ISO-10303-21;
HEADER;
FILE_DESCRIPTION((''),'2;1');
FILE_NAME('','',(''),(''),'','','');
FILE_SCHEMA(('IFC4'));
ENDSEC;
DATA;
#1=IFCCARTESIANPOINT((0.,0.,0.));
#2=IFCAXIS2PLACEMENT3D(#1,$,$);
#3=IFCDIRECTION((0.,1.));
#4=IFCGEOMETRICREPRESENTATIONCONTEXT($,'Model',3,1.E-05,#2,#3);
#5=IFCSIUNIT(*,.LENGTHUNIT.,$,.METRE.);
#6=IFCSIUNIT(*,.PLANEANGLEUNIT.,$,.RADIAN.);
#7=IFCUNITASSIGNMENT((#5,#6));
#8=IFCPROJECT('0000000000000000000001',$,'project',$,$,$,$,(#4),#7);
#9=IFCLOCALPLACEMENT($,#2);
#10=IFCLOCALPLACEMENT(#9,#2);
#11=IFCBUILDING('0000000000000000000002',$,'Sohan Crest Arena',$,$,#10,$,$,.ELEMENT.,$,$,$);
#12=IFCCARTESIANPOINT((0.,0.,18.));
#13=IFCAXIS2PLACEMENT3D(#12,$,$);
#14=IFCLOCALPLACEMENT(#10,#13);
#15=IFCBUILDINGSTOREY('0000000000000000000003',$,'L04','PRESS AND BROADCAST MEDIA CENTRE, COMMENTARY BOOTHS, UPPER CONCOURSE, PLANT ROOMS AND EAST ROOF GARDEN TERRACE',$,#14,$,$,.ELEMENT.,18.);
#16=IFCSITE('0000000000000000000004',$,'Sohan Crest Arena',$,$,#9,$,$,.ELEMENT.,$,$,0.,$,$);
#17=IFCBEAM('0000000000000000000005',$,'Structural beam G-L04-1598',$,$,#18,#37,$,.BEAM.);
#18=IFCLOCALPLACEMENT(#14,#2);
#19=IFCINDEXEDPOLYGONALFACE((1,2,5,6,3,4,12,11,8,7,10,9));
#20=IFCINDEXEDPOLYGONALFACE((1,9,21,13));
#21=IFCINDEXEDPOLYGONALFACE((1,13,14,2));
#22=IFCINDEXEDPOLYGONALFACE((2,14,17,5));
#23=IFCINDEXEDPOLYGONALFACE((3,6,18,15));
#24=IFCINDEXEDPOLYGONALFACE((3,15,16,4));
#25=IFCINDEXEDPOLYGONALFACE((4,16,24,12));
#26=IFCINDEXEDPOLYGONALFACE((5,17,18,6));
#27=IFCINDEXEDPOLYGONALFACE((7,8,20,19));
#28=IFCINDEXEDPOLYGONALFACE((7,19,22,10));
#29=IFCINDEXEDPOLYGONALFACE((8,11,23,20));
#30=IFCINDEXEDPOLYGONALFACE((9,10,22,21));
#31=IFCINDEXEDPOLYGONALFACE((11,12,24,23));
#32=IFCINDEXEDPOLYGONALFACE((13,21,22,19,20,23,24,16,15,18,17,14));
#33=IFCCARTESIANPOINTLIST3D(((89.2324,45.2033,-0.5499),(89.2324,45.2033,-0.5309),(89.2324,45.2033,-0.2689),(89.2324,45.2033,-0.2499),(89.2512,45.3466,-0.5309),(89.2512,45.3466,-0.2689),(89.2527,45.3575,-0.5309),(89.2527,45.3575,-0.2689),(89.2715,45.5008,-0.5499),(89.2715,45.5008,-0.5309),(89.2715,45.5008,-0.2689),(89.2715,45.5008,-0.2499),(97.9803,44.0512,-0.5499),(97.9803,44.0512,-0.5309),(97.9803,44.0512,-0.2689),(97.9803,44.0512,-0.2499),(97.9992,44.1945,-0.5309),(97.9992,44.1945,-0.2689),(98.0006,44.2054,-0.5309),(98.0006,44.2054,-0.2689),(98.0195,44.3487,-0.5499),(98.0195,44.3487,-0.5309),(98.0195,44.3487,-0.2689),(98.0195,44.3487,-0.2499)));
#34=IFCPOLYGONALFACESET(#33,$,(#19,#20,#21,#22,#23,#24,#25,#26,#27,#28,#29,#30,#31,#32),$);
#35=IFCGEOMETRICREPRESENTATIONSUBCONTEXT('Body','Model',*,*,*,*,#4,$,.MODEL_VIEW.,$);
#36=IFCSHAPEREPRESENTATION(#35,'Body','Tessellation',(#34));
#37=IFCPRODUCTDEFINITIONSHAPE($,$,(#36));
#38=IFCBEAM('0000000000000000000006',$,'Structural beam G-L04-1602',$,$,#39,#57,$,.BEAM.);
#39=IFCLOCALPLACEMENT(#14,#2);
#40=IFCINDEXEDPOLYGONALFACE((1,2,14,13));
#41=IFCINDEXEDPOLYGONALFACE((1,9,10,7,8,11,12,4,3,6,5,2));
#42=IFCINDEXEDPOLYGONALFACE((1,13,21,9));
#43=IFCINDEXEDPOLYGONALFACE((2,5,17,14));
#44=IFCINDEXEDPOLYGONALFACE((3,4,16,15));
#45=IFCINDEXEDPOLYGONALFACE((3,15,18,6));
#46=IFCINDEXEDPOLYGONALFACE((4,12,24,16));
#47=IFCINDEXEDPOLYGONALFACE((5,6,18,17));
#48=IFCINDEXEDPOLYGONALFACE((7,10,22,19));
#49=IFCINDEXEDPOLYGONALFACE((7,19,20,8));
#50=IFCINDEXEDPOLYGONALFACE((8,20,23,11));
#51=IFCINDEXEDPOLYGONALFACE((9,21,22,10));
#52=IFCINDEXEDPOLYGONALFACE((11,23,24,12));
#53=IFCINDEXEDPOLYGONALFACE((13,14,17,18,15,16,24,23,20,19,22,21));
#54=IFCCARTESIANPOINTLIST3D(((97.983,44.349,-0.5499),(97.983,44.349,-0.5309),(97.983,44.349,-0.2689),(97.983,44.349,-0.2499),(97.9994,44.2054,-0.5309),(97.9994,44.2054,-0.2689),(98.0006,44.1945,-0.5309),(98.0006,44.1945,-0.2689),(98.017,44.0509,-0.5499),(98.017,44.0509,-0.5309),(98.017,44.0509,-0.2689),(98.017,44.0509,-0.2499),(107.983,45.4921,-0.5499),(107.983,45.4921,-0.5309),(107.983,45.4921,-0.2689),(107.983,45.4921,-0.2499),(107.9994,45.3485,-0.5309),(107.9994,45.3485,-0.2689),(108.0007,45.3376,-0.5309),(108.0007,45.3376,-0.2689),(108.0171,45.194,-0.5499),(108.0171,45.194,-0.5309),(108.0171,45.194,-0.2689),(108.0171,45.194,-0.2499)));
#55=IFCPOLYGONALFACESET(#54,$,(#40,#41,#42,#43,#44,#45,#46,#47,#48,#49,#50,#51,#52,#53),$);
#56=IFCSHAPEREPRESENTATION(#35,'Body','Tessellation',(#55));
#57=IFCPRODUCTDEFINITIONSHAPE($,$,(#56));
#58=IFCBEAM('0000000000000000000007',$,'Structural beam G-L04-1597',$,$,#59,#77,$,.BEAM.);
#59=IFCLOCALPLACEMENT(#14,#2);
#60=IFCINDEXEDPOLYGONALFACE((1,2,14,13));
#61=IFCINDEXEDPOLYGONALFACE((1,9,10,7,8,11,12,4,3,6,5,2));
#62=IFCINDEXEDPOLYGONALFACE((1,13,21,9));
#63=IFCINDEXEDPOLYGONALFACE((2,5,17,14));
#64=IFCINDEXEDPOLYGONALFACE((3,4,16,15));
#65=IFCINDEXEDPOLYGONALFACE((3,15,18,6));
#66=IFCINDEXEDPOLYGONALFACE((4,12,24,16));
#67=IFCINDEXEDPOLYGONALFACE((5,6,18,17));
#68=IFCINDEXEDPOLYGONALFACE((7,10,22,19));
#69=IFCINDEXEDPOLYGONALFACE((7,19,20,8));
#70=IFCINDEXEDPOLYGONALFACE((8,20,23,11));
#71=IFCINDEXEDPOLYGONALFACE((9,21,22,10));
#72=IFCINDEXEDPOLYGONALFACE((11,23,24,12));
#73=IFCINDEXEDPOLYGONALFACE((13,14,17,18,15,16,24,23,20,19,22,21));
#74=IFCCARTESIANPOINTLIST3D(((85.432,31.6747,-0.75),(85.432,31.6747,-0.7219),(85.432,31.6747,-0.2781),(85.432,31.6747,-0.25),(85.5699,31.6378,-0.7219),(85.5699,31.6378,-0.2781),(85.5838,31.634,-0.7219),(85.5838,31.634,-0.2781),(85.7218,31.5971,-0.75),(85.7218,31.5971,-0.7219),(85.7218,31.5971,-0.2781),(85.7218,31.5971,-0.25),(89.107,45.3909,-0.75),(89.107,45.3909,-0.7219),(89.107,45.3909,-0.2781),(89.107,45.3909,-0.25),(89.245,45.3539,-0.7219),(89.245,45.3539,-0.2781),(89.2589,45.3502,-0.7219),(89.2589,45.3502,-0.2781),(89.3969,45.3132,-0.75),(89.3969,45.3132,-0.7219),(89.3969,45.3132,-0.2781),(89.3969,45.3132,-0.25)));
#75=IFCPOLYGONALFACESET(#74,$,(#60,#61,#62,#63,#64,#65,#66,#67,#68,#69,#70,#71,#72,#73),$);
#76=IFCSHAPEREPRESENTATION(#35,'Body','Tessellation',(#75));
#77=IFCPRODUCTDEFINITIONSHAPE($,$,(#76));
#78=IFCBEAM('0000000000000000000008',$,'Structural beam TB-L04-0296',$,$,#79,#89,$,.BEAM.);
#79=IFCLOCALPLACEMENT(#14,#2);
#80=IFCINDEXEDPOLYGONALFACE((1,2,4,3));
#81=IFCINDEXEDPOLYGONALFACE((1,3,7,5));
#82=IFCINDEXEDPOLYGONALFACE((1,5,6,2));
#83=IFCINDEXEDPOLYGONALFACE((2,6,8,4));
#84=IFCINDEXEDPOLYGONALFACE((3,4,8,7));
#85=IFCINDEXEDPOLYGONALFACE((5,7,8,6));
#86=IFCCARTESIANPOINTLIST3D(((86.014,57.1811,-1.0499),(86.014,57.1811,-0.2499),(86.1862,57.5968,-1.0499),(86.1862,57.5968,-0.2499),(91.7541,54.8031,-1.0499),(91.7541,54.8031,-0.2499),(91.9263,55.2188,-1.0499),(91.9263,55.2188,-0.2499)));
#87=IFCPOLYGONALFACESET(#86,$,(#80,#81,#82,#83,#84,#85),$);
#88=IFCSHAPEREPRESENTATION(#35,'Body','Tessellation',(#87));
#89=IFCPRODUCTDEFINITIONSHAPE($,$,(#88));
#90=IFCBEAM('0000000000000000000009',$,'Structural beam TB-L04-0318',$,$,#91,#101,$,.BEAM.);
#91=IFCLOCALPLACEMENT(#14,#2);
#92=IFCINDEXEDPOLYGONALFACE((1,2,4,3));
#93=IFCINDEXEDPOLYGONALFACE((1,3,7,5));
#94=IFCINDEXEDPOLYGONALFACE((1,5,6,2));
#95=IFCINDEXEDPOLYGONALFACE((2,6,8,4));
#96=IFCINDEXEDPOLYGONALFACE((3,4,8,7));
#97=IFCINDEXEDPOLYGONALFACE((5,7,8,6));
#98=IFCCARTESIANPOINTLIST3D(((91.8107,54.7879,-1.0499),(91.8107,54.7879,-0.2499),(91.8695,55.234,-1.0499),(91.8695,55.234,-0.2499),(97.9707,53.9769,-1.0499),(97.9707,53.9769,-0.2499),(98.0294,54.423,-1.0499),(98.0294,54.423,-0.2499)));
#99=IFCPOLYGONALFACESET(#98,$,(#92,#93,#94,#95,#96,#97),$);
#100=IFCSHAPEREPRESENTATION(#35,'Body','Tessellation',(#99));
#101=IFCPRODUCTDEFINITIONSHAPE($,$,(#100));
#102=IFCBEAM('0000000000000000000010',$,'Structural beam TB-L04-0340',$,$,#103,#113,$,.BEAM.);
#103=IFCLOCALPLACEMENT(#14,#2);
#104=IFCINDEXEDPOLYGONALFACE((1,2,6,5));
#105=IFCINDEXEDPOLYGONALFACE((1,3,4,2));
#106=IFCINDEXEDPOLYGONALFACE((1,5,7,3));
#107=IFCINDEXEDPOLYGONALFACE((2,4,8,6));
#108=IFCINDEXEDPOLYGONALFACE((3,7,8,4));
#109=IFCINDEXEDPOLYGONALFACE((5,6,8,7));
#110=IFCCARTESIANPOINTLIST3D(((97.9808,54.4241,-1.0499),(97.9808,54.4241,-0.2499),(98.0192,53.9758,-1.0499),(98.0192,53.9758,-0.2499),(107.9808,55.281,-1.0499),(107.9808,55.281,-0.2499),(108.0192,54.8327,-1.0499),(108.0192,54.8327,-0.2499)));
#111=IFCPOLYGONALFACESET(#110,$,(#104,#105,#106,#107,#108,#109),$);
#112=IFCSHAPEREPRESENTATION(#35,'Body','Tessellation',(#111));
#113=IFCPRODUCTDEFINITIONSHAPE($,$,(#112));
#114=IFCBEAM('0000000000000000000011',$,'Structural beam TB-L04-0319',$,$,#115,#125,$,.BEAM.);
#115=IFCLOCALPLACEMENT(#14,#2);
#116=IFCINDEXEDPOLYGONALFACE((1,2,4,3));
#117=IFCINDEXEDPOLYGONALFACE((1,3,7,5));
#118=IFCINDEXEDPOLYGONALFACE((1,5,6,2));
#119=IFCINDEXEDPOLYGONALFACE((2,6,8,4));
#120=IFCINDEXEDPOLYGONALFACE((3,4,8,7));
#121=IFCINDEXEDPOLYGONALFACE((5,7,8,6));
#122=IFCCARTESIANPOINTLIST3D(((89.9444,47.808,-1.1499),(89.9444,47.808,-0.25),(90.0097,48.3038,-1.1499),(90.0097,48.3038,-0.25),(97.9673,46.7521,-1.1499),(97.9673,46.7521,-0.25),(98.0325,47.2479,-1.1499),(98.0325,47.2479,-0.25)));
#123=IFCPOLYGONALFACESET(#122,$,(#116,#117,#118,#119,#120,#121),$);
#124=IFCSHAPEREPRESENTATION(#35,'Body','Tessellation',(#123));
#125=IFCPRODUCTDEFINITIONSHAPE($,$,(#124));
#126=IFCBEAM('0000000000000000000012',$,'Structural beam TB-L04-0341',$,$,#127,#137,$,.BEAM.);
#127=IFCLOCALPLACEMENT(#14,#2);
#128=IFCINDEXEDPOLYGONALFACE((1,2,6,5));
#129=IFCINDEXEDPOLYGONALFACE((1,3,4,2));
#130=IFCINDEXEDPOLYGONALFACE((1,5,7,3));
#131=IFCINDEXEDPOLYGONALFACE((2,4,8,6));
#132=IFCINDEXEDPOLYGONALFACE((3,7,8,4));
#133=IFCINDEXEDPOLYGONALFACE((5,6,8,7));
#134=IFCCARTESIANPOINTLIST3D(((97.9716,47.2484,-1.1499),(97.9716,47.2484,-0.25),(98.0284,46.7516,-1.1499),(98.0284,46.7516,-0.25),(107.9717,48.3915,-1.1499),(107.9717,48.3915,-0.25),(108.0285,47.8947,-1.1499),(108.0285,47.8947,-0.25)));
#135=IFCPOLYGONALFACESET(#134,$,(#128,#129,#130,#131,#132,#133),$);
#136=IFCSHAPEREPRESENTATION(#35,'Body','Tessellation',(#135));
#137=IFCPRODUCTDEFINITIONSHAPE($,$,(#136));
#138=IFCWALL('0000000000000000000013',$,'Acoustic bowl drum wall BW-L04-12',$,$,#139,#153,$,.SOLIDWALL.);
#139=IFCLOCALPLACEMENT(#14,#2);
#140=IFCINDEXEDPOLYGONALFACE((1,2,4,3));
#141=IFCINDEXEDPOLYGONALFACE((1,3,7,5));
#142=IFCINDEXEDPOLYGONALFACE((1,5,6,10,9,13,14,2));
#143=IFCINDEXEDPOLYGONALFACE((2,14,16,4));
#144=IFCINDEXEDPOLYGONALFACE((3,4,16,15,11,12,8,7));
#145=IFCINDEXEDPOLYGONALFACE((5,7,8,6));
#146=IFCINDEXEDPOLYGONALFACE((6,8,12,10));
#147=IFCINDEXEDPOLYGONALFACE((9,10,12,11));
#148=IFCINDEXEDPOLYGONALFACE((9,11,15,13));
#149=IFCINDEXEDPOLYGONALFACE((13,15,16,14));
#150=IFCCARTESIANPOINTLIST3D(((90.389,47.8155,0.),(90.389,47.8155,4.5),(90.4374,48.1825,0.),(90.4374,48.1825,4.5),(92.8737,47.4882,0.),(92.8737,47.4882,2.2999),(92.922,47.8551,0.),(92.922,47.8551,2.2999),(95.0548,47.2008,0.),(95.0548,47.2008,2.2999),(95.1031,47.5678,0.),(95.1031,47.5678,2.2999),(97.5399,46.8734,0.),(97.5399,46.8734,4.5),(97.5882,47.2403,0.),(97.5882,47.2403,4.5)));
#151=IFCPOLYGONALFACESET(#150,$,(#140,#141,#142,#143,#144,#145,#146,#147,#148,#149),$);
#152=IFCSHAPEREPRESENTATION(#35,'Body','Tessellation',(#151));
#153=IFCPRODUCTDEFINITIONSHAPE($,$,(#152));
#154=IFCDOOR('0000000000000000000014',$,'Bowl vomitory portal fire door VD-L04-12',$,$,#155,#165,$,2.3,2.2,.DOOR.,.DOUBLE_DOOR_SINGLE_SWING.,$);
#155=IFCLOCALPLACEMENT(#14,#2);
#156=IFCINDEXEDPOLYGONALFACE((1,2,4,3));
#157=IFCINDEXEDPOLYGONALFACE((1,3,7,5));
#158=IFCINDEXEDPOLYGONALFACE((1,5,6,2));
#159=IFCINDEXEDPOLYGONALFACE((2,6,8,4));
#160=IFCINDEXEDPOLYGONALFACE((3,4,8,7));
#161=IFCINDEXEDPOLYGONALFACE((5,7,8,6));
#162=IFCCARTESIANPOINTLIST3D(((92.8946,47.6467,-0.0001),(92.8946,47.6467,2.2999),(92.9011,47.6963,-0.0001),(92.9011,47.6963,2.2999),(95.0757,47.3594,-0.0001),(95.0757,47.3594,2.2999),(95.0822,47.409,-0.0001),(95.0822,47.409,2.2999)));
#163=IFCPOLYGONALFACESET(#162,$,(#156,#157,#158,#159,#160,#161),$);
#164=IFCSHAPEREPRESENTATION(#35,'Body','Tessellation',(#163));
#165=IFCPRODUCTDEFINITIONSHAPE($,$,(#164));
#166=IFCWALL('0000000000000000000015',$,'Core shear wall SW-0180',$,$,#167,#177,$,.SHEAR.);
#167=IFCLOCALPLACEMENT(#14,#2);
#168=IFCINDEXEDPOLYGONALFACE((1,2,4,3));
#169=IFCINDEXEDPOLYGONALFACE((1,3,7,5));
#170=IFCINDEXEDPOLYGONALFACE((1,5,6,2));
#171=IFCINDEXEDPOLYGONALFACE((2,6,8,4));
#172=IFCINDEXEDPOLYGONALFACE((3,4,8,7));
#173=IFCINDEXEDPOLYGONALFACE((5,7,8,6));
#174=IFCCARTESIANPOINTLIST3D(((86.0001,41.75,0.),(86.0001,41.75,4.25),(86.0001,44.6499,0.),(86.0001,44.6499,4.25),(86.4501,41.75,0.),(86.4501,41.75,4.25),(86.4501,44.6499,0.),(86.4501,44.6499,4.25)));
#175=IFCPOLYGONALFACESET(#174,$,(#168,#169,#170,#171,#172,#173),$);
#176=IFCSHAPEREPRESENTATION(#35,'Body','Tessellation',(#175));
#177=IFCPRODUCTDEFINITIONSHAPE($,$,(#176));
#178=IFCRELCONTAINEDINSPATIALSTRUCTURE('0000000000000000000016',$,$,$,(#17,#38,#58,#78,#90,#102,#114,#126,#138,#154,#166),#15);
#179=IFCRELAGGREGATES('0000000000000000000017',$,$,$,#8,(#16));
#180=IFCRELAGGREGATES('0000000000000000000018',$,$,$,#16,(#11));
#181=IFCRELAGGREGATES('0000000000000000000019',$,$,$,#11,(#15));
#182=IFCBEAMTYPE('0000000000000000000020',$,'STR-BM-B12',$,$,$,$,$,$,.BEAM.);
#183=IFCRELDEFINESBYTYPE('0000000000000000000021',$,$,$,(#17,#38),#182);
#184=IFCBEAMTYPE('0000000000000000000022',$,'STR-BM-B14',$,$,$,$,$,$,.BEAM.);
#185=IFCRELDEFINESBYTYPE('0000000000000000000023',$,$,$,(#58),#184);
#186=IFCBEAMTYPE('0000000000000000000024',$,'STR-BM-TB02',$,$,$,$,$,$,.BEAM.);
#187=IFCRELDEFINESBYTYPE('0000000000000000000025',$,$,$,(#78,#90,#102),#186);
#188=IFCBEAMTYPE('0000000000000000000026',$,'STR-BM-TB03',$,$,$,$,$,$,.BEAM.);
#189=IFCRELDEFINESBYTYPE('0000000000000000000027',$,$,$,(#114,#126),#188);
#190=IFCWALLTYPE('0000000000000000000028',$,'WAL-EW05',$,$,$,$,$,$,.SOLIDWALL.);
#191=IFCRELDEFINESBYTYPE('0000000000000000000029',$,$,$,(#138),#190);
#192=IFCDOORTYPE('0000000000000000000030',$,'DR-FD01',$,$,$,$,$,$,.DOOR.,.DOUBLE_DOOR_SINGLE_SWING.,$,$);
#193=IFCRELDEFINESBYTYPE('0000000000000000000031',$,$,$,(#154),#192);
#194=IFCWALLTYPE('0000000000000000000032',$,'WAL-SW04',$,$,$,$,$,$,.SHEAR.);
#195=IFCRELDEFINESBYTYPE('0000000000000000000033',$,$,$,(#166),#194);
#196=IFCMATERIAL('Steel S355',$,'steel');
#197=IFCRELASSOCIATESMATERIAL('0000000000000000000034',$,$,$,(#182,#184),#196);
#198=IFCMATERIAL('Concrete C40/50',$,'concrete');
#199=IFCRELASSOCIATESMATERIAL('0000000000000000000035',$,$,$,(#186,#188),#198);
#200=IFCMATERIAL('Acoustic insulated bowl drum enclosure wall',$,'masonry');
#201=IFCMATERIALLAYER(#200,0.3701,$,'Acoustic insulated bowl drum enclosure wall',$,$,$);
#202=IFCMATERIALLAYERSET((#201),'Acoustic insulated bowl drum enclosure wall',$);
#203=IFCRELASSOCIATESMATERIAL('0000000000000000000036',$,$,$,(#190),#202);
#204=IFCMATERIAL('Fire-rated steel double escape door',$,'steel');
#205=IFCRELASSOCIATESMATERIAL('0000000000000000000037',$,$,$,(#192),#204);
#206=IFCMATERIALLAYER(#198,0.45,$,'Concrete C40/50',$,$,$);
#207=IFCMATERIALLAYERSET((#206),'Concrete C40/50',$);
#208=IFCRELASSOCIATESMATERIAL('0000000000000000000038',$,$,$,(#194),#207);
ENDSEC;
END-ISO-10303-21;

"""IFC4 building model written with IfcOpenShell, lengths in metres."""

from ifc_helpers import new_model, si_unit, direction, frame, frame_2d, origin, origin_2d, place, context, subcontext, project, spatial, rectangle, i_section, extrude, material, layer, layer_set, material_profile, profile_set, type_object, element, fill, save


model = new_model("IFC4")

# Units and contexts
model_context = context("Model", 3, precision=1e-05, world=origin(), true_north=direction((0.0, 1.0)))
body_context = subcontext(model_context, "Body", "Model", "MODEL_VIEW")
ifc_project = project(units=[si_unit("LENGTHUNIT", "METRE"), si_unit("PLANEANGLEUNIT", "RADIAN")], contexts=[model_context])

# Site, building, storey
site_placement = place(None, origin())
site = spatial("IfcSite", under=ifc_project, at=site_placement, Name="Sohan Crest Arena", CompositionType="ELEMENT", RefElevation=0.0)
building_placement = place(site_placement, origin())
building = spatial("IfcBuilding", under=site, at=building_placement, Name="Sohan Crest Arena", CompositionType="ELEMENT")
storey_placement = place(building_placement, frame((0.0, 0.0, 18.0)))
storey = spatial("IfcBuildingStorey", under=building, at=storey_placement, Name="L04", Description="PRESS AND BROADCAST MEDIA CENTRE, COMMENTARY BOOTHS, UPPER CONCOURSE, PLANT ROOMS AND EAST ROOF GARDEN TERRACE", CompositionType="ELEMENT", Elevation=18.0)

# Shared definitions
ifc_material_1 = material(Name="Concrete C40/50", Category="concrete")
ifc_material_2 = material(Name="Steel S355", Category="steel")

# Beams
ifc_material_profile_1 = material_profile(ifc_material_2, i_section(OverallWidth=0.3, OverallDepth=0.3, WebThickness=0.011, FlangeThickness=0.019, at=origin_2d()), Name="HEB 300")
ifc_profile_set_1 = profile_set([ifc_material_profile_1], Name="Steel S355")
beam_type_1 = type_object("IfcBeamType", Name="STR-BM-B12", PredefinedType="BEAM", material=ifc_profile_set_1)
beam_1_placement = place(storey_placement, frame((89.252, 45.3521, -0.3999), z_axis=(0.991439, -0.13057, 0.0), x_axis=(0.13057, 0.991439, 0.0)))
element("IfcBeam", 1, at=beam_1_placement, inside=storey, type_object=beam_type_1, Name="Structural beam G-L04-1598", PredefinedType="BEAM", context=body_context, shape_type="SweptSolid", body=[
    extrude(i_section(OverallWidth=0.3, OverallDepth=0.3, WebThickness=0.011, FlangeThickness=0.019, at=origin_2d()), origin(), (0.0, 0.0, 1.0), 8.8235),
])
beam_2_placement = place(storey_placement, frame((98.0, 44.2, -0.3999), z_axis=(0.99353, 0.113567, 0.0), x_axis=(-0.113567, 0.99353, 0.0)))
element("IfcBeam", 2, at=beam_2_placement, inside=storey, type_object=beam_type_1, Name="Structural beam G-L04-1602", PredefinedType="BEAM", context=body_context, shape_type="SweptSolid", body=[
    extrude(i_section(OverallWidth=0.3, OverallDepth=0.3, WebThickness=0.011, FlangeThickness=0.019, at=origin_2d()), origin(), (0.0, 0.0, 1.0), 10.0652),
])
ifc_material_profile_2 = material_profile(ifc_material_2, i_section(OverallWidth=0.3, OverallDepth=0.5, WebThickness=0.0144, FlangeThickness=0.0281, at=origin_2d()), Name="HEB 500")
ifc_profile_set_2 = profile_set([ifc_material_profile_2], Name="Steel S355")
beam_type_2 = type_object("IfcBeamType", Name="STR-BM-B14", PredefinedType="BEAM", material=ifc_profile_set_2)
beam_3_placement = place(storey_placement, frame((89.252, 45.3521, -0.5), z_axis=(-0.258809, -0.965929, 0.0), x_axis=(0.965929, -0.258809, 0.0)))
element("IfcBeam", 3, at=beam_3_placement, inside=storey, type_object=beam_type_2, Name="Structural beam G-L04-1597", PredefinedType="BEAM", context=body_context, shape_type="SweptSolid", body=[
    extrude(i_section(OverallWidth=0.3, OverallDepth=0.5, WebThickness=0.0144, FlangeThickness=0.0281, at=origin_2d()), origin(), (0.0, 0.0, 1.0), 14.2),
])
ifc_material_profile_3 = material_profile(ifc_material_1, rectangle(XDim=0.45, YDim=0.8, at=origin_2d()), Name="RC-BM 450x800")
ifc_profile_set_3 = profile_set([ifc_material_profile_3], Name="Concrete C40/50")
beam_type_3 = type_object("IfcBeamType", Name="STR-BM-TB02", PredefinedType="BEAM", material=ifc_profile_set_3)
for number, where, z_axis, x_axis, name in (
    (4, (86.1001, 57.3889, -0.6499), (0.92386, -0.382731, 0.0), (0.382731, 0.92386, 0.0), "Structural beam TB-L04-0296"),
    (5, (91.8401, 55.011, -0.6499), (0.991443, -0.130537, 0.0), (0.130537, 0.991443, 0.0), "Structural beam TB-L04-0318"),
):
    element("IfcBeam", number, at=place(storey_placement, frame(where, z_axis=z_axis, x_axis=x_axis)), inside=storey, type_object=beam_type_3, Name=name, PredefinedType="BEAM", context=body_context, shape_type="SweptSolid", body=[
        extrude(rectangle(XDim=0.45, YDim=0.8, at=origin_2d()), origin(), (0.0, 0.0, 1.0), 6.2131),
    ])
beam_4_placement = place(storey_placement, frame((98.0, 54.2, -0.6499), z_axis=(0.996348, 0.08538, 0.0), x_axis=(-0.08538, 0.996348, 0.0)))
element("IfcBeam", 6, at=beam_4_placement, inside=storey, type_object=beam_type_3, Name="Structural beam TB-L04-0340", PredefinedType="BEAM", context=body_context, shape_type="SweptSolid", body=[
    extrude(rectangle(XDim=0.45, YDim=0.8, at=origin_2d()), origin(), (0.0, 0.0, 1.0), 10.0366),
])
ifc_material_profile_4 = material_profile(ifc_material_1, rectangle(XDim=0.5, YDim=0.8999, at=origin_2d()), Name="RC-BM 500x900")
ifc_profile_set_4 = profile_set([ifc_material_profile_4], Name="Concrete C40/50")
beam_type_4 = type_object("IfcBeamType", Name="STR-BM-TB03", PredefinedType="BEAM", material=ifc_profile_set_4)
beam_5_placement = place(storey_placement, frame((89.9771, 48.0559, -0.7), z_axis=(0.99145, -0.130486, 0.0), x_axis=(0.130486, 0.99145, 0.0)))
element("IfcBeam", 7, at=beam_5_placement, inside=storey, type_object=beam_type_4, Name="Structural beam TB-L04-0319", PredefinedType="BEAM", context=body_context, shape_type="SweptSolid", body=[
    extrude(rectangle(XDim=0.5, YDim=0.8999, at=origin_2d()), origin(), (0.0, 0.0, 1.0), 8.092),
])
beam_6_placement = place(storey_placement, frame((98.0, 47.0, -0.7), z_axis=(0.99353, 0.113567, 0.0), x_axis=(-0.113567, 0.99353, 0.0)))
element("IfcBeam", 8, at=beam_6_placement, inside=storey, type_object=beam_type_4, Name="Structural beam TB-L04-0341", PredefinedType="BEAM", context=body_context, shape_type="SweptSolid", body=[
    extrude(rectangle(XDim=0.5, YDim=0.8999, at=origin_2d()), origin(), (0.0, 0.0, 1.0), 10.0652),
])

# Wall, opening, door
ifc_material_3 = material(Name="Acoustic insulated bowl drum enclosure wall", Category="masonry")
ifc_layer_1 = layer(ifc_material_3, 0.3701, Name="Acoustic insulated bowl drum enclosure wall")
ifc_layer_set_1 = layer_set([ifc_layer_1], Name="Acoustic insulated bowl drum enclosure wall")
wall_type_1 = type_object("IfcWallType", Name="WAL-EW05", PredefinedType="SOLIDWALL", material=ifc_layer_set_1)
wall_1_placement = place(storey_placement, frame((90.4131, 47.999, 0.0), z_axis=(0.0, 0.0, 1.0), x_axis=(0.991432, -0.130623, 0.0)))
wall_1 = element("IfcWall", 9, at=wall_1_placement, inside=storey, type_object=wall_type_1, Name="Acoustic bowl drum wall BW-L04-12", PredefinedType="SOLIDWALL", context=body_context, shape_type="SweptSolid", body=[
    extrude(rectangle(XDim=7.2126, YDim=0.3701, at=frame_2d((3.6064, 0.0))), origin(), (0.0, 0.0, 1.0), 4.5),
])
opening_1_placement = place(wall_1_placement, frame((2.5061, 0.0, 0.0)))
opening_1 = element("IfcOpeningElement", 10, at=opening_1_placement, cuts=wall_1, PredefinedType="OPENING", context=body_context, shape_type="SweptSolid", body=[
    extrude(rectangle(XDim=2.2, YDim=2.3, at=frame_2d((1.1001, 1.1499))), frame((0.0, 0.1951, 0.0), z_axis=(0.0, -1.0, 0.0), x_axis=(1.0, 0.0, 0.0)), (0.0, 0.0, 1.0), 0.3901),
])
ifc_material_4 = material(Name="Fire-rated steel double escape door", Category="steel")
door_type_1 = type_object("IfcDoorType", Name="DR-FD01", OperationType="DOUBLE_DOOR_SINGLE_SWING", PredefinedType="DOOR", material=ifc_material_4)
door_1_placement = place(opening_1_placement, origin())
door_1 = element("IfcDoor", 11, at=door_1_placement, inside=storey, type_object=door_type_1, Name="Bowl vomitory portal fire door VD-L04-12", OperationType="DOUBLE_DOOR_SINGLE_SWING", OverallHeight=2.3, OverallWidth=2.2, PredefinedType="DOOR", context=body_context, shape_type="SweptSolid", body=[
    extrude(rectangle(XDim=2.2, YDim=2.3, at=frame_2d((1.1001, 1.1499))), frame((0.0, 0.0249, 0.0), z_axis=(0.0, -1.0, 0.0), x_axis=(1.0, 0.0, 0.0)), (0.0, 0.0, 1.0), 0.05),
])
fill(opening_1, door_1)

# Wall
ifc_layer_2 = layer(ifc_material_1, 0.45, Name="Concrete C40/50")
ifc_layer_set_2 = layer_set([ifc_layer_2], Name="Concrete C40/50")
wall_type_2 = type_object("IfcWallType", Name="WAL-SW04", PredefinedType="SHEAR", material=ifc_layer_set_2)
wall_2_placement = place(storey_placement, frame((86.2251, 41.75, 0.0), z_axis=(0.0, 0.0, 1.0), x_axis=(0.0, 1.0, 0.0)))
element("IfcWall", 12, at=wall_2_placement, inside=storey, type_object=wall_type_2, Name="Core shear wall SW-0180", PredefinedType="SHEAR", context=body_context, shape_type="SweptSolid", body=[
    extrude(rectangle(XDim=2.8999, YDim=0.45, at=frame_2d((1.45, 0.0))), origin(), (0.0, 0.0, 1.0), 4.25),
])

save(model, "model.ifc")
